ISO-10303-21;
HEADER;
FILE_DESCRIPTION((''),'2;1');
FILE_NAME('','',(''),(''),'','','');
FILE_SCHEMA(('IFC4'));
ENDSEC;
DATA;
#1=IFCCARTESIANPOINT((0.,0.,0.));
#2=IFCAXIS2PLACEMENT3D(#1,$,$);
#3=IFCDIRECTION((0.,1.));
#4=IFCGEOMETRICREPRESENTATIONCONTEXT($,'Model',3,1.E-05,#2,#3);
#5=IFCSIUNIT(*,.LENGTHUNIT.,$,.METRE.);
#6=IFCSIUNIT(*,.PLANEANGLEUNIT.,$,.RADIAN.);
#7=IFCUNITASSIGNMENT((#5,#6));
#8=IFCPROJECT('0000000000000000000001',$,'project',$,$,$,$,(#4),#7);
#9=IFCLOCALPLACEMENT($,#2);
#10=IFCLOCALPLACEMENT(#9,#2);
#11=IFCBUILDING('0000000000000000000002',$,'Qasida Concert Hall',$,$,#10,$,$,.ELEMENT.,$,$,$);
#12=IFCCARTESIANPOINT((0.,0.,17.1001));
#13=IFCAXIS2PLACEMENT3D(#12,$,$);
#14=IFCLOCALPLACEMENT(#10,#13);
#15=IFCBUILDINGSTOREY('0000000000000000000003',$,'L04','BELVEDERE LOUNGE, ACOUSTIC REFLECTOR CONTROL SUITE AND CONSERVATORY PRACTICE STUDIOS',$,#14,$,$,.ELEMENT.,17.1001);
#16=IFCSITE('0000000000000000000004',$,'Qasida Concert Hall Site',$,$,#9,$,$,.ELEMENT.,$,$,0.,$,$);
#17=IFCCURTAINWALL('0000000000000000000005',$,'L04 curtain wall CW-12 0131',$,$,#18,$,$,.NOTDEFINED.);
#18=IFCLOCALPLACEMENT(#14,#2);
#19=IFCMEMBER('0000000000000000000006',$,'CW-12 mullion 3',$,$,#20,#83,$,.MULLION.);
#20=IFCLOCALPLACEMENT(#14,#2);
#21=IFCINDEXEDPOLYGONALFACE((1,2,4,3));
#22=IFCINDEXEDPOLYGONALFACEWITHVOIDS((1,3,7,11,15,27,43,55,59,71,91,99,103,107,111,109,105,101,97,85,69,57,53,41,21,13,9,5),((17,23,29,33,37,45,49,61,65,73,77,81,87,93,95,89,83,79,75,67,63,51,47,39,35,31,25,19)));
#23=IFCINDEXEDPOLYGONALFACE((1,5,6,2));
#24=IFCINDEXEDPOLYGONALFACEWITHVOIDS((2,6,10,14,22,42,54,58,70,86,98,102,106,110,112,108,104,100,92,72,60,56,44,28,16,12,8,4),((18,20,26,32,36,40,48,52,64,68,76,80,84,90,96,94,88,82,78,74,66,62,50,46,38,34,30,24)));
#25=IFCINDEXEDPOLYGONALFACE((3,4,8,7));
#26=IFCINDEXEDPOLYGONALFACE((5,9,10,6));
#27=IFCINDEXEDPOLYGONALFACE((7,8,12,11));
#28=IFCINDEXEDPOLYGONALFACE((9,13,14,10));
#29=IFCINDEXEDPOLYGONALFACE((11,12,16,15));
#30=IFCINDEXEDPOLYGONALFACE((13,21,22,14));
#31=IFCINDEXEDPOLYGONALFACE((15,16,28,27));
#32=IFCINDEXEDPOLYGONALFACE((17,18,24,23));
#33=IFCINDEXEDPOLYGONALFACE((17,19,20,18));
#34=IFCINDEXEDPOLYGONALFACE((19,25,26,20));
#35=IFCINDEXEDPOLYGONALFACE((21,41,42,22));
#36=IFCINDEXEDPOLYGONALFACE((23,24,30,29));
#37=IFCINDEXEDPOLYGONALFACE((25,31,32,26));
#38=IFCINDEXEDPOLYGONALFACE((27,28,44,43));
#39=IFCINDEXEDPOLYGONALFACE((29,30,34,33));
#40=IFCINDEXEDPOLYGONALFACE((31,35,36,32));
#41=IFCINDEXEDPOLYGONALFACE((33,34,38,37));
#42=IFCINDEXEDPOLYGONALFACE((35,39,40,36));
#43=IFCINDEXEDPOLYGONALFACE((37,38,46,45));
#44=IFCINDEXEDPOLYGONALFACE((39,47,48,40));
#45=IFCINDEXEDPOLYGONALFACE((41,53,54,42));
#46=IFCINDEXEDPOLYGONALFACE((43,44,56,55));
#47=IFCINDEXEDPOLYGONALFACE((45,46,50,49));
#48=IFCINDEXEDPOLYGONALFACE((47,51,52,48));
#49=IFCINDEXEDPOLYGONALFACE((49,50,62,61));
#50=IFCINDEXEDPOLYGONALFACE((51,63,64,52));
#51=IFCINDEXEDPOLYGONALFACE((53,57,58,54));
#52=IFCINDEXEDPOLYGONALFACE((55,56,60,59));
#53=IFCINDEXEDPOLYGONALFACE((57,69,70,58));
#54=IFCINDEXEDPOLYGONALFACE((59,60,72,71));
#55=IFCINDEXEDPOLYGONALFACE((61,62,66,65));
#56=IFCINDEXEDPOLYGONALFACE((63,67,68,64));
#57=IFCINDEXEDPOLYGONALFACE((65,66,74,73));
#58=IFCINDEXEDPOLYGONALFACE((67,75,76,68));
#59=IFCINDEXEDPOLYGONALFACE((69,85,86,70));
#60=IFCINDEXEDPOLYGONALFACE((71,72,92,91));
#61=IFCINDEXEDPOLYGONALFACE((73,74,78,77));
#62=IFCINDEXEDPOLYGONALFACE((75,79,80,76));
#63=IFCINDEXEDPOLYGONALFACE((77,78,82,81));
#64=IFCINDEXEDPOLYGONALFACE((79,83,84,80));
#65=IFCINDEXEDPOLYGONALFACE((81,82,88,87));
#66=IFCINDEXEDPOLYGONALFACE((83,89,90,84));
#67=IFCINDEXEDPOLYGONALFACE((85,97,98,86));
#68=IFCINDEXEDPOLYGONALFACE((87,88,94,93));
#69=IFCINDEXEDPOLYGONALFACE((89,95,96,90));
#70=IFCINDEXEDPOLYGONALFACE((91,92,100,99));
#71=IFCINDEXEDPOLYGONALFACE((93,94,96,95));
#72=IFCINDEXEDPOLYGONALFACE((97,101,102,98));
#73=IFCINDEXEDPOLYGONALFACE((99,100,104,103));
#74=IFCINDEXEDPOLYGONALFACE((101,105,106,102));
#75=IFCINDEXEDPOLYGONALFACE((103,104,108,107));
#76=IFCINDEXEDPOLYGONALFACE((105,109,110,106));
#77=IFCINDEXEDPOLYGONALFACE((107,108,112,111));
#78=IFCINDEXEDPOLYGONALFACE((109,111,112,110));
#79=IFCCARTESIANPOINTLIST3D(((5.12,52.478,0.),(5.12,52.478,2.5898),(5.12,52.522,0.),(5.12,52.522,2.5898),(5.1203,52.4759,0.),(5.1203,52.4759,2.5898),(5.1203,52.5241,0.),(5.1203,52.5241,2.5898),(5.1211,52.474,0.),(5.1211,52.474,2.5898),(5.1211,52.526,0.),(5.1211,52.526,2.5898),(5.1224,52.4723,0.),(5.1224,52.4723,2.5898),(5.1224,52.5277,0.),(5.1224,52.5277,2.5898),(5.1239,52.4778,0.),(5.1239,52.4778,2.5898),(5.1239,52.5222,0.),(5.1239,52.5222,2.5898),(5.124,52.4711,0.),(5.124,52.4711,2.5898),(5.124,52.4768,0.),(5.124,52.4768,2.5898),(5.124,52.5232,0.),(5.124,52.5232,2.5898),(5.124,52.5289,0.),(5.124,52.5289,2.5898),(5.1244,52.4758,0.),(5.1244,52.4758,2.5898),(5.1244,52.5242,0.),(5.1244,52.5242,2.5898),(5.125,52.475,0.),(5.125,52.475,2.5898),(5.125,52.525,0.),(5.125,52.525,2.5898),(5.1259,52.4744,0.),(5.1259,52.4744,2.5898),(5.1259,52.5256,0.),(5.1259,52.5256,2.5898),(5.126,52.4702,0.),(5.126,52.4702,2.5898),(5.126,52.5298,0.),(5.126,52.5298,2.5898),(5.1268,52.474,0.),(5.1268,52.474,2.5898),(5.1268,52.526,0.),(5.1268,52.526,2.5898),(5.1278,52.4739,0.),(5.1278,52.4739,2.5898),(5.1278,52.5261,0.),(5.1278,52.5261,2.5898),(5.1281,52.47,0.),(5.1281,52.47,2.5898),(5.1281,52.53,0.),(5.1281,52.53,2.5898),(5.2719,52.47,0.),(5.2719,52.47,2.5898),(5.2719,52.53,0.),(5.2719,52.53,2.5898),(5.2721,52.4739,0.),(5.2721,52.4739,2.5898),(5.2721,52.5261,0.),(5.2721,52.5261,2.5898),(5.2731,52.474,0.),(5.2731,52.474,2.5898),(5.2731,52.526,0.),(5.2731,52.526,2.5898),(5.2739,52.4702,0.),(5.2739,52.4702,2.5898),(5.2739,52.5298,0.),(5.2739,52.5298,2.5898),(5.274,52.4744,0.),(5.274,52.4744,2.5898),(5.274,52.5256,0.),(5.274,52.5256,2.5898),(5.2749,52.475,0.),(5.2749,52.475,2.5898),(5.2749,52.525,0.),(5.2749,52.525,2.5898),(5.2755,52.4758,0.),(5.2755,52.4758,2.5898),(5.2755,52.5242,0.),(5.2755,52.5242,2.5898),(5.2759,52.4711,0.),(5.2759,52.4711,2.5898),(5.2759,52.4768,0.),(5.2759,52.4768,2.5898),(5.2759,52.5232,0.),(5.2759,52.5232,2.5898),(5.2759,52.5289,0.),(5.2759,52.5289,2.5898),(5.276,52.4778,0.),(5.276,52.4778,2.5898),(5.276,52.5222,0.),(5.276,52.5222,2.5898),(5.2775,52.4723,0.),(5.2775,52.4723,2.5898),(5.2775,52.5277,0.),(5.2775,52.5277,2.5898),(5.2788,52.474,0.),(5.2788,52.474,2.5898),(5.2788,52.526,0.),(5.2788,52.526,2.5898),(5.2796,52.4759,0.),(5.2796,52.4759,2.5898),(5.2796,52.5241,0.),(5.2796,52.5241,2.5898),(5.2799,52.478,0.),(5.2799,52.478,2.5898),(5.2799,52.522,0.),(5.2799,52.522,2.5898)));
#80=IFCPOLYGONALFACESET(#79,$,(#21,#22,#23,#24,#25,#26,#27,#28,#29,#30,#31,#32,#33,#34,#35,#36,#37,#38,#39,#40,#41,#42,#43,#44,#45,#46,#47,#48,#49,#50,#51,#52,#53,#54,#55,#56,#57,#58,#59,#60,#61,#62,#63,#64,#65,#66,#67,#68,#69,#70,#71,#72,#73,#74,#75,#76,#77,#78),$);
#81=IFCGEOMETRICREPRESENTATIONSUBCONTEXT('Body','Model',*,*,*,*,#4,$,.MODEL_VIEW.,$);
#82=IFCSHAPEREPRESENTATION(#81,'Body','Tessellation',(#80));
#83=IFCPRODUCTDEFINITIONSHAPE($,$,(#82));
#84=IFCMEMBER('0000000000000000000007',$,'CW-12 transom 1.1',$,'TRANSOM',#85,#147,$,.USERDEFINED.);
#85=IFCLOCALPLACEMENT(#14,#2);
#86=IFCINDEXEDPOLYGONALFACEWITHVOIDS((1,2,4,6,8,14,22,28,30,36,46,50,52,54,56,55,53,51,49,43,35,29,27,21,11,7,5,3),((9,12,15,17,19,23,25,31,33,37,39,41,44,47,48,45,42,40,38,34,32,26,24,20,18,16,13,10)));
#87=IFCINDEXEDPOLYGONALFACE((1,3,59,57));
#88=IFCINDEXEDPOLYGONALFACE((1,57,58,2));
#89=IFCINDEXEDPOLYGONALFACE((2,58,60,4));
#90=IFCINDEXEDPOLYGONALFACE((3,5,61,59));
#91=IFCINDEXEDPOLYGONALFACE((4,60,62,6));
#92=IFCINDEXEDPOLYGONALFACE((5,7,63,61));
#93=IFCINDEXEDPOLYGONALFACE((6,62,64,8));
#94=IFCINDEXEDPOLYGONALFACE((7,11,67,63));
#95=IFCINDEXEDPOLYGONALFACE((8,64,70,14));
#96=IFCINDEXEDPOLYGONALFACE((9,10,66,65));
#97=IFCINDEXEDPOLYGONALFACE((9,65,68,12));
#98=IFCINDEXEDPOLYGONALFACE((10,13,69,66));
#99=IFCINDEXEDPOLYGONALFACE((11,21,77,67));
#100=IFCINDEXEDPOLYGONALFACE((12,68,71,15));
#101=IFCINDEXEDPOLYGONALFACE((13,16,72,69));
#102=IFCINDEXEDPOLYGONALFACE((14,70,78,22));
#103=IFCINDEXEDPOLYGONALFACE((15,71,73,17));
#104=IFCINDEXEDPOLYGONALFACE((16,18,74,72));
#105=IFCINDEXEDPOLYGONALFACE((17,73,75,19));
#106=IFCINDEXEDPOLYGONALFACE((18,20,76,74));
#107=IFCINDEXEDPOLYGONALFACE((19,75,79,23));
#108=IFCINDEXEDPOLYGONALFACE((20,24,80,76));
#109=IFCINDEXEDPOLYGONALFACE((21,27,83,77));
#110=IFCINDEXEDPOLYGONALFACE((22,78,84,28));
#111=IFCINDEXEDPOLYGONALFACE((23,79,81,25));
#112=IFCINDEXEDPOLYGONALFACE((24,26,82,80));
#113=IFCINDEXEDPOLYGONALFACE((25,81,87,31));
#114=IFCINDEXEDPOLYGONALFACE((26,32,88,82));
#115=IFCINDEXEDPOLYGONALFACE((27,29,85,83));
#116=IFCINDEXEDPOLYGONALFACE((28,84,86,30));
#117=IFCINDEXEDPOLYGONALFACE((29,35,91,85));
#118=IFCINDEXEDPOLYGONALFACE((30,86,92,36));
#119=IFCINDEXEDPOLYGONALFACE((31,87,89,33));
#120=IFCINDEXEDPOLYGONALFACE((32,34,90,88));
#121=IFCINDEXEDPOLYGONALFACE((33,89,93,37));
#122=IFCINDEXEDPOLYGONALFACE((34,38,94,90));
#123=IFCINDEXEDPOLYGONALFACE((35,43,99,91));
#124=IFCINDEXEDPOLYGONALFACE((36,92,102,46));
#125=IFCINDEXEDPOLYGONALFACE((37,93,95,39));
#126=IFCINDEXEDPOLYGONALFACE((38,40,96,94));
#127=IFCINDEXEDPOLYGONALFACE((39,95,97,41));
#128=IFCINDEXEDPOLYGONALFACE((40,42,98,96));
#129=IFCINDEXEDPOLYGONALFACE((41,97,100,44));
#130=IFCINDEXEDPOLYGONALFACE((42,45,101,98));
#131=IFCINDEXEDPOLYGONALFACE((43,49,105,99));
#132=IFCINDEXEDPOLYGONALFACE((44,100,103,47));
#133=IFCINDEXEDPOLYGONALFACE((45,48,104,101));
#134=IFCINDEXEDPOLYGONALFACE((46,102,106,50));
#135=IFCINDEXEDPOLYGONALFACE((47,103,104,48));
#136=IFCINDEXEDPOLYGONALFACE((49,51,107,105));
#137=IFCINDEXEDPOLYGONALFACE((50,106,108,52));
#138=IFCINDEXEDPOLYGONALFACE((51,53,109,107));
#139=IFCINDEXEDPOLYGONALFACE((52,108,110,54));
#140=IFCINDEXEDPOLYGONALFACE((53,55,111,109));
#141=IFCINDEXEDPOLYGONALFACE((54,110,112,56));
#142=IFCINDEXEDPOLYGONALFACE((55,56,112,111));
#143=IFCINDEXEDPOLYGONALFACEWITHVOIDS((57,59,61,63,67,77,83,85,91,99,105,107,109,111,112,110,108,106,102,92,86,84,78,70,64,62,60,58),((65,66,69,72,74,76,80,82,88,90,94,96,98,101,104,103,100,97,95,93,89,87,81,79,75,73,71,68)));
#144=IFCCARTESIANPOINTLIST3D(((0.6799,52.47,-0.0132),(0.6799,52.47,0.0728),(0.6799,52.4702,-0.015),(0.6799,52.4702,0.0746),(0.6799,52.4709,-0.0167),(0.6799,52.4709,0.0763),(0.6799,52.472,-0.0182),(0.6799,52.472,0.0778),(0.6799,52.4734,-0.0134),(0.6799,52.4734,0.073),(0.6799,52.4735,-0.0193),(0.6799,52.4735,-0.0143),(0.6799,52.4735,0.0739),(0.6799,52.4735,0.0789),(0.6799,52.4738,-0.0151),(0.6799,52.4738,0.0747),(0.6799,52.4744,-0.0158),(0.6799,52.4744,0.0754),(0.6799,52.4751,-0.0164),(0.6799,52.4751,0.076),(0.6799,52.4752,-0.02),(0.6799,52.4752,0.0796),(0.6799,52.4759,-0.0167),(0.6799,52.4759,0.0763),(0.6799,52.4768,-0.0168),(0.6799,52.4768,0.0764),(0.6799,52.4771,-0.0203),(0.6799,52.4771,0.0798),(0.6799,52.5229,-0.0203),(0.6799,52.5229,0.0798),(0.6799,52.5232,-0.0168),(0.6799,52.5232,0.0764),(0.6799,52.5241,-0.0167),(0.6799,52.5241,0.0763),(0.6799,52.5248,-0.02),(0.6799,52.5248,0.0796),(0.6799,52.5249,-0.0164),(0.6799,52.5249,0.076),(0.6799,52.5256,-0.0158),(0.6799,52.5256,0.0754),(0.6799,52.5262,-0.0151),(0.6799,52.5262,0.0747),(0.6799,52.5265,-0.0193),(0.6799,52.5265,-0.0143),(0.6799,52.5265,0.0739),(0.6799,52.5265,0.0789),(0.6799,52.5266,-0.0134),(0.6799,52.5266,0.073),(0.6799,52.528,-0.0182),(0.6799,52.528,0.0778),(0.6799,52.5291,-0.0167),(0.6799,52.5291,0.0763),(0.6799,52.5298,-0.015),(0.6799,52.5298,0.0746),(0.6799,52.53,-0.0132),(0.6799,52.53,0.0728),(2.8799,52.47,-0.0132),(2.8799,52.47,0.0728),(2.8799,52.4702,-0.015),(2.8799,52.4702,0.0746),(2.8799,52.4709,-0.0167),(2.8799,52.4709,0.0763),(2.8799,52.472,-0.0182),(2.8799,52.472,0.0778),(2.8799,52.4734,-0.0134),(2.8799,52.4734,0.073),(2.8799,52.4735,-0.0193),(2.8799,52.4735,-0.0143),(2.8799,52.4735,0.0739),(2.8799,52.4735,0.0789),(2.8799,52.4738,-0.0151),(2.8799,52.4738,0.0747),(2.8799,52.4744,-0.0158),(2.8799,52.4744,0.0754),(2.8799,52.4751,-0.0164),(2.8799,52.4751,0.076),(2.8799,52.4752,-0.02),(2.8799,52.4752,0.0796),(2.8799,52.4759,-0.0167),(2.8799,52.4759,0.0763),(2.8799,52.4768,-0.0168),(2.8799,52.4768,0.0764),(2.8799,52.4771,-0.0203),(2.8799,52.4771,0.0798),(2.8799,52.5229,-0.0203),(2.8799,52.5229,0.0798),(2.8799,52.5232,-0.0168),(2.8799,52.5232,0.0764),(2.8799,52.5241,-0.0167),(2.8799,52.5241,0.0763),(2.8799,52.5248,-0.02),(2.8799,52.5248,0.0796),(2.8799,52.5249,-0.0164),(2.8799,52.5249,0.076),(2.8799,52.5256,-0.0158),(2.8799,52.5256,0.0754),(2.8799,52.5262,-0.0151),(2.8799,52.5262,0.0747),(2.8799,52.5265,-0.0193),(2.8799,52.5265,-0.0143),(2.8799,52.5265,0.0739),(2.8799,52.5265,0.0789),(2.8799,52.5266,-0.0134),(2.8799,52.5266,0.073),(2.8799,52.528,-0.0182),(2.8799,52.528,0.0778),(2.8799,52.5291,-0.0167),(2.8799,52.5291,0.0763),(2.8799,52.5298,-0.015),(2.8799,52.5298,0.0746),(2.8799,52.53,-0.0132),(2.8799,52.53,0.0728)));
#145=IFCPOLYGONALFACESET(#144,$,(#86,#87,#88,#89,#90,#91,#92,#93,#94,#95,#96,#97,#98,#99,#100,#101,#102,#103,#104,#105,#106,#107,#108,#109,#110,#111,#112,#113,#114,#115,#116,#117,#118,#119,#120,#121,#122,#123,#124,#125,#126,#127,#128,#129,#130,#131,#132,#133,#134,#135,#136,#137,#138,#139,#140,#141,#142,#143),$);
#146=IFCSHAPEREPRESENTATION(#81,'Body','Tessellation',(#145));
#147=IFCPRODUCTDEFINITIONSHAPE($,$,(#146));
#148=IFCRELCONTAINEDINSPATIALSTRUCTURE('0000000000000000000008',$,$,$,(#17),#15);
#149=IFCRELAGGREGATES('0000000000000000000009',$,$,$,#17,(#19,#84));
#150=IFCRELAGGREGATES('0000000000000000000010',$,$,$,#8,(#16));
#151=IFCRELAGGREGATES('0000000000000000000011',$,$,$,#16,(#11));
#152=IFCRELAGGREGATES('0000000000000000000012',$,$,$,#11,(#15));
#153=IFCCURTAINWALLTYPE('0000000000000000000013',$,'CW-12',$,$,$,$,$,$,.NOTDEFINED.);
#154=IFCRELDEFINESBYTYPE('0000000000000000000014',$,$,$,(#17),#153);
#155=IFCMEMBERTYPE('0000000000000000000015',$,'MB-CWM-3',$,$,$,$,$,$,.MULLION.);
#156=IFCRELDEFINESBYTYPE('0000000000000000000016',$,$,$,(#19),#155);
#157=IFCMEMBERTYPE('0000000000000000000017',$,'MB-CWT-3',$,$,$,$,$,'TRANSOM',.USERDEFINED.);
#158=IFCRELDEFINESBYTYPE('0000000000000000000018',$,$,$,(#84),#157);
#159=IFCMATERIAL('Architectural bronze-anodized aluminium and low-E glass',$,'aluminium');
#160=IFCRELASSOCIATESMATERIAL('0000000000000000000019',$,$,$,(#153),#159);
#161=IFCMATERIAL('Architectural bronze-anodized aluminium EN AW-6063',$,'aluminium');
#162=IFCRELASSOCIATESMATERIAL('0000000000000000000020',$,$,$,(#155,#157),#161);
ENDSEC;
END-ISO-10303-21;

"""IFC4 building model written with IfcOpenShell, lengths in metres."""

from ifc_helpers import new_model, si_unit, direction, frame, origin, origin_2d, place, context, subcontext, project, spatial, hollow_rectangle, extrude, material, material_profile, profile_set, type_object, element, aggregate, save


model = new_model("IFC4")

# Units and contexts
model_context = context("Model", 3, precision=1e-05, world=origin(), true_north=direction((0.0, 1.0)))
body_context = subcontext(model_context, "Body", "Model", "MODEL_VIEW")
ifc_project = project(units=[si_unit("LENGTHUNIT", "METRE"), si_unit("PLANEANGLEUNIT", "RADIAN")], contexts=[model_context])

# Site, building, storey
site_placement = place(None, origin())
site = spatial("IfcSite", under=ifc_project, at=site_placement, Name="Qasida Concert Hall Site", CompositionType="ELEMENT", RefElevation=0.0)
building_placement = place(site_placement, origin())
building = spatial("IfcBuilding", under=site, at=building_placement, Name="Qasida Concert Hall", CompositionType="ELEMENT")
storey_placement = place(building_placement, frame((0.0, 0.0, 17.1001)))
storey = spatial("IfcBuildingStorey", under=building, at=storey_placement, Name="L04", Description="BELVEDERE LOUNGE, ACOUSTIC REFLECTOR CONTROL SUITE AND CONSERVATORY PRACTICE STUDIOS", CompositionType="ELEMENT", Elevation=17.1001)

# Curtain wall, members
ifc_material_1 = material(Name="Architectural bronze-anodized aluminium and low-E glass", Category="aluminium")
curtain_wall_type = type_object("IfcCurtainWallType", Name="CW-12", PredefinedType="NOTDEFINED", material=ifc_material_1)
curtain_wall_placement = place(storey_placement, origin())
curtain_wall = element("IfcCurtainWall", 1, at=curtain_wall_placement, inside=storey, type_object=curtain_wall_type, Name="L04 curtain wall CW-12 0131", PredefinedType="NOTDEFINED")
ifc_material_2 = material(Name="Architectural bronze-anodized aluminium EN AW-6063", Category="aluminium")
ifc_material_profile_1 = material_profile(ifc_material_2, hollow_rectangle(XDim=0.0601, YDim=0.1599, WallThickness=0.0039, InnerFilletRadius=0.0039, OuterFilletRadius=0.0081, at=origin_2d()), Name="CWM 160x60x4")
ifc_profile_set_1 = profile_set([ifc_material_profile_1], Name="Architectural bronze-anodized aluminium EN AW-6063")
member_type_1 = type_object("IfcMemberType", Name="MB-CWM-3", PredefinedType="MULLION", material=ifc_profile_set_1)
member_1_placement = place(storey_placement, frame((5.2, 52.5, 0.0), z_axis=(0.0, 0.0, 1.0), x_axis=(0.0, 1.0, 0.0)))
member_1 = element("IfcMember", 2, at=member_1_placement, type_object=member_type_1, Name="CW-12 mullion 3", PredefinedType="MULLION", context=body_context, shape_type="SweptSolid", body=[
    extrude(hollow_rectangle(XDim=0.0601, YDim=0.1599, WallThickness=0.0039, InnerFilletRadius=0.0039, OuterFilletRadius=0.0081, at=origin_2d()), origin(), (0.0, 0.0, 1.0), 2.5898),
])
ifc_material_profile_2 = material_profile(ifc_material_2, hollow_rectangle(XDim=0.0601, YDim=0.1001, WallThickness=0.0034, InnerFilletRadius=0.0034, OuterFilletRadius=0.0071, at=origin_2d()), Name="CWT 100x60x3.5")
ifc_profile_set_2 = profile_set([ifc_material_profile_2], Name="Architectural bronze-anodized aluminium EN AW-6063")
member_type_2 = type_object("IfcMemberType", Name="MB-CWT-3", ElementType="TRANSOM", PredefinedType="USERDEFINED", material=ifc_profile_set_2)
member_2_placement = place(storey_placement, frame((0.6799, 52.5, 0.0298), z_axis=(1.0, 0.0, 0.0), x_axis=(0.0, 1.0, 0.0)))
member_2 = element("IfcMember", 3, at=member_2_placement, type_object=member_type_2, Name="CW-12 transom 1.1", ObjectType="TRANSOM", PredefinedType="USERDEFINED", context=body_context, shape_type="SweptSolid", body=[
    extrude(hollow_rectangle(XDim=0.0601, YDim=0.1001, WallThickness=0.0034, InnerFilletRadius=0.0034, OuterFilletRadius=0.0071, at=origin_2d()), origin(), (0.0, 0.0, 1.0), 2.2),
])
aggregate(curtain_wall, [member_1, member_2])

save(model, "model.ifc")
